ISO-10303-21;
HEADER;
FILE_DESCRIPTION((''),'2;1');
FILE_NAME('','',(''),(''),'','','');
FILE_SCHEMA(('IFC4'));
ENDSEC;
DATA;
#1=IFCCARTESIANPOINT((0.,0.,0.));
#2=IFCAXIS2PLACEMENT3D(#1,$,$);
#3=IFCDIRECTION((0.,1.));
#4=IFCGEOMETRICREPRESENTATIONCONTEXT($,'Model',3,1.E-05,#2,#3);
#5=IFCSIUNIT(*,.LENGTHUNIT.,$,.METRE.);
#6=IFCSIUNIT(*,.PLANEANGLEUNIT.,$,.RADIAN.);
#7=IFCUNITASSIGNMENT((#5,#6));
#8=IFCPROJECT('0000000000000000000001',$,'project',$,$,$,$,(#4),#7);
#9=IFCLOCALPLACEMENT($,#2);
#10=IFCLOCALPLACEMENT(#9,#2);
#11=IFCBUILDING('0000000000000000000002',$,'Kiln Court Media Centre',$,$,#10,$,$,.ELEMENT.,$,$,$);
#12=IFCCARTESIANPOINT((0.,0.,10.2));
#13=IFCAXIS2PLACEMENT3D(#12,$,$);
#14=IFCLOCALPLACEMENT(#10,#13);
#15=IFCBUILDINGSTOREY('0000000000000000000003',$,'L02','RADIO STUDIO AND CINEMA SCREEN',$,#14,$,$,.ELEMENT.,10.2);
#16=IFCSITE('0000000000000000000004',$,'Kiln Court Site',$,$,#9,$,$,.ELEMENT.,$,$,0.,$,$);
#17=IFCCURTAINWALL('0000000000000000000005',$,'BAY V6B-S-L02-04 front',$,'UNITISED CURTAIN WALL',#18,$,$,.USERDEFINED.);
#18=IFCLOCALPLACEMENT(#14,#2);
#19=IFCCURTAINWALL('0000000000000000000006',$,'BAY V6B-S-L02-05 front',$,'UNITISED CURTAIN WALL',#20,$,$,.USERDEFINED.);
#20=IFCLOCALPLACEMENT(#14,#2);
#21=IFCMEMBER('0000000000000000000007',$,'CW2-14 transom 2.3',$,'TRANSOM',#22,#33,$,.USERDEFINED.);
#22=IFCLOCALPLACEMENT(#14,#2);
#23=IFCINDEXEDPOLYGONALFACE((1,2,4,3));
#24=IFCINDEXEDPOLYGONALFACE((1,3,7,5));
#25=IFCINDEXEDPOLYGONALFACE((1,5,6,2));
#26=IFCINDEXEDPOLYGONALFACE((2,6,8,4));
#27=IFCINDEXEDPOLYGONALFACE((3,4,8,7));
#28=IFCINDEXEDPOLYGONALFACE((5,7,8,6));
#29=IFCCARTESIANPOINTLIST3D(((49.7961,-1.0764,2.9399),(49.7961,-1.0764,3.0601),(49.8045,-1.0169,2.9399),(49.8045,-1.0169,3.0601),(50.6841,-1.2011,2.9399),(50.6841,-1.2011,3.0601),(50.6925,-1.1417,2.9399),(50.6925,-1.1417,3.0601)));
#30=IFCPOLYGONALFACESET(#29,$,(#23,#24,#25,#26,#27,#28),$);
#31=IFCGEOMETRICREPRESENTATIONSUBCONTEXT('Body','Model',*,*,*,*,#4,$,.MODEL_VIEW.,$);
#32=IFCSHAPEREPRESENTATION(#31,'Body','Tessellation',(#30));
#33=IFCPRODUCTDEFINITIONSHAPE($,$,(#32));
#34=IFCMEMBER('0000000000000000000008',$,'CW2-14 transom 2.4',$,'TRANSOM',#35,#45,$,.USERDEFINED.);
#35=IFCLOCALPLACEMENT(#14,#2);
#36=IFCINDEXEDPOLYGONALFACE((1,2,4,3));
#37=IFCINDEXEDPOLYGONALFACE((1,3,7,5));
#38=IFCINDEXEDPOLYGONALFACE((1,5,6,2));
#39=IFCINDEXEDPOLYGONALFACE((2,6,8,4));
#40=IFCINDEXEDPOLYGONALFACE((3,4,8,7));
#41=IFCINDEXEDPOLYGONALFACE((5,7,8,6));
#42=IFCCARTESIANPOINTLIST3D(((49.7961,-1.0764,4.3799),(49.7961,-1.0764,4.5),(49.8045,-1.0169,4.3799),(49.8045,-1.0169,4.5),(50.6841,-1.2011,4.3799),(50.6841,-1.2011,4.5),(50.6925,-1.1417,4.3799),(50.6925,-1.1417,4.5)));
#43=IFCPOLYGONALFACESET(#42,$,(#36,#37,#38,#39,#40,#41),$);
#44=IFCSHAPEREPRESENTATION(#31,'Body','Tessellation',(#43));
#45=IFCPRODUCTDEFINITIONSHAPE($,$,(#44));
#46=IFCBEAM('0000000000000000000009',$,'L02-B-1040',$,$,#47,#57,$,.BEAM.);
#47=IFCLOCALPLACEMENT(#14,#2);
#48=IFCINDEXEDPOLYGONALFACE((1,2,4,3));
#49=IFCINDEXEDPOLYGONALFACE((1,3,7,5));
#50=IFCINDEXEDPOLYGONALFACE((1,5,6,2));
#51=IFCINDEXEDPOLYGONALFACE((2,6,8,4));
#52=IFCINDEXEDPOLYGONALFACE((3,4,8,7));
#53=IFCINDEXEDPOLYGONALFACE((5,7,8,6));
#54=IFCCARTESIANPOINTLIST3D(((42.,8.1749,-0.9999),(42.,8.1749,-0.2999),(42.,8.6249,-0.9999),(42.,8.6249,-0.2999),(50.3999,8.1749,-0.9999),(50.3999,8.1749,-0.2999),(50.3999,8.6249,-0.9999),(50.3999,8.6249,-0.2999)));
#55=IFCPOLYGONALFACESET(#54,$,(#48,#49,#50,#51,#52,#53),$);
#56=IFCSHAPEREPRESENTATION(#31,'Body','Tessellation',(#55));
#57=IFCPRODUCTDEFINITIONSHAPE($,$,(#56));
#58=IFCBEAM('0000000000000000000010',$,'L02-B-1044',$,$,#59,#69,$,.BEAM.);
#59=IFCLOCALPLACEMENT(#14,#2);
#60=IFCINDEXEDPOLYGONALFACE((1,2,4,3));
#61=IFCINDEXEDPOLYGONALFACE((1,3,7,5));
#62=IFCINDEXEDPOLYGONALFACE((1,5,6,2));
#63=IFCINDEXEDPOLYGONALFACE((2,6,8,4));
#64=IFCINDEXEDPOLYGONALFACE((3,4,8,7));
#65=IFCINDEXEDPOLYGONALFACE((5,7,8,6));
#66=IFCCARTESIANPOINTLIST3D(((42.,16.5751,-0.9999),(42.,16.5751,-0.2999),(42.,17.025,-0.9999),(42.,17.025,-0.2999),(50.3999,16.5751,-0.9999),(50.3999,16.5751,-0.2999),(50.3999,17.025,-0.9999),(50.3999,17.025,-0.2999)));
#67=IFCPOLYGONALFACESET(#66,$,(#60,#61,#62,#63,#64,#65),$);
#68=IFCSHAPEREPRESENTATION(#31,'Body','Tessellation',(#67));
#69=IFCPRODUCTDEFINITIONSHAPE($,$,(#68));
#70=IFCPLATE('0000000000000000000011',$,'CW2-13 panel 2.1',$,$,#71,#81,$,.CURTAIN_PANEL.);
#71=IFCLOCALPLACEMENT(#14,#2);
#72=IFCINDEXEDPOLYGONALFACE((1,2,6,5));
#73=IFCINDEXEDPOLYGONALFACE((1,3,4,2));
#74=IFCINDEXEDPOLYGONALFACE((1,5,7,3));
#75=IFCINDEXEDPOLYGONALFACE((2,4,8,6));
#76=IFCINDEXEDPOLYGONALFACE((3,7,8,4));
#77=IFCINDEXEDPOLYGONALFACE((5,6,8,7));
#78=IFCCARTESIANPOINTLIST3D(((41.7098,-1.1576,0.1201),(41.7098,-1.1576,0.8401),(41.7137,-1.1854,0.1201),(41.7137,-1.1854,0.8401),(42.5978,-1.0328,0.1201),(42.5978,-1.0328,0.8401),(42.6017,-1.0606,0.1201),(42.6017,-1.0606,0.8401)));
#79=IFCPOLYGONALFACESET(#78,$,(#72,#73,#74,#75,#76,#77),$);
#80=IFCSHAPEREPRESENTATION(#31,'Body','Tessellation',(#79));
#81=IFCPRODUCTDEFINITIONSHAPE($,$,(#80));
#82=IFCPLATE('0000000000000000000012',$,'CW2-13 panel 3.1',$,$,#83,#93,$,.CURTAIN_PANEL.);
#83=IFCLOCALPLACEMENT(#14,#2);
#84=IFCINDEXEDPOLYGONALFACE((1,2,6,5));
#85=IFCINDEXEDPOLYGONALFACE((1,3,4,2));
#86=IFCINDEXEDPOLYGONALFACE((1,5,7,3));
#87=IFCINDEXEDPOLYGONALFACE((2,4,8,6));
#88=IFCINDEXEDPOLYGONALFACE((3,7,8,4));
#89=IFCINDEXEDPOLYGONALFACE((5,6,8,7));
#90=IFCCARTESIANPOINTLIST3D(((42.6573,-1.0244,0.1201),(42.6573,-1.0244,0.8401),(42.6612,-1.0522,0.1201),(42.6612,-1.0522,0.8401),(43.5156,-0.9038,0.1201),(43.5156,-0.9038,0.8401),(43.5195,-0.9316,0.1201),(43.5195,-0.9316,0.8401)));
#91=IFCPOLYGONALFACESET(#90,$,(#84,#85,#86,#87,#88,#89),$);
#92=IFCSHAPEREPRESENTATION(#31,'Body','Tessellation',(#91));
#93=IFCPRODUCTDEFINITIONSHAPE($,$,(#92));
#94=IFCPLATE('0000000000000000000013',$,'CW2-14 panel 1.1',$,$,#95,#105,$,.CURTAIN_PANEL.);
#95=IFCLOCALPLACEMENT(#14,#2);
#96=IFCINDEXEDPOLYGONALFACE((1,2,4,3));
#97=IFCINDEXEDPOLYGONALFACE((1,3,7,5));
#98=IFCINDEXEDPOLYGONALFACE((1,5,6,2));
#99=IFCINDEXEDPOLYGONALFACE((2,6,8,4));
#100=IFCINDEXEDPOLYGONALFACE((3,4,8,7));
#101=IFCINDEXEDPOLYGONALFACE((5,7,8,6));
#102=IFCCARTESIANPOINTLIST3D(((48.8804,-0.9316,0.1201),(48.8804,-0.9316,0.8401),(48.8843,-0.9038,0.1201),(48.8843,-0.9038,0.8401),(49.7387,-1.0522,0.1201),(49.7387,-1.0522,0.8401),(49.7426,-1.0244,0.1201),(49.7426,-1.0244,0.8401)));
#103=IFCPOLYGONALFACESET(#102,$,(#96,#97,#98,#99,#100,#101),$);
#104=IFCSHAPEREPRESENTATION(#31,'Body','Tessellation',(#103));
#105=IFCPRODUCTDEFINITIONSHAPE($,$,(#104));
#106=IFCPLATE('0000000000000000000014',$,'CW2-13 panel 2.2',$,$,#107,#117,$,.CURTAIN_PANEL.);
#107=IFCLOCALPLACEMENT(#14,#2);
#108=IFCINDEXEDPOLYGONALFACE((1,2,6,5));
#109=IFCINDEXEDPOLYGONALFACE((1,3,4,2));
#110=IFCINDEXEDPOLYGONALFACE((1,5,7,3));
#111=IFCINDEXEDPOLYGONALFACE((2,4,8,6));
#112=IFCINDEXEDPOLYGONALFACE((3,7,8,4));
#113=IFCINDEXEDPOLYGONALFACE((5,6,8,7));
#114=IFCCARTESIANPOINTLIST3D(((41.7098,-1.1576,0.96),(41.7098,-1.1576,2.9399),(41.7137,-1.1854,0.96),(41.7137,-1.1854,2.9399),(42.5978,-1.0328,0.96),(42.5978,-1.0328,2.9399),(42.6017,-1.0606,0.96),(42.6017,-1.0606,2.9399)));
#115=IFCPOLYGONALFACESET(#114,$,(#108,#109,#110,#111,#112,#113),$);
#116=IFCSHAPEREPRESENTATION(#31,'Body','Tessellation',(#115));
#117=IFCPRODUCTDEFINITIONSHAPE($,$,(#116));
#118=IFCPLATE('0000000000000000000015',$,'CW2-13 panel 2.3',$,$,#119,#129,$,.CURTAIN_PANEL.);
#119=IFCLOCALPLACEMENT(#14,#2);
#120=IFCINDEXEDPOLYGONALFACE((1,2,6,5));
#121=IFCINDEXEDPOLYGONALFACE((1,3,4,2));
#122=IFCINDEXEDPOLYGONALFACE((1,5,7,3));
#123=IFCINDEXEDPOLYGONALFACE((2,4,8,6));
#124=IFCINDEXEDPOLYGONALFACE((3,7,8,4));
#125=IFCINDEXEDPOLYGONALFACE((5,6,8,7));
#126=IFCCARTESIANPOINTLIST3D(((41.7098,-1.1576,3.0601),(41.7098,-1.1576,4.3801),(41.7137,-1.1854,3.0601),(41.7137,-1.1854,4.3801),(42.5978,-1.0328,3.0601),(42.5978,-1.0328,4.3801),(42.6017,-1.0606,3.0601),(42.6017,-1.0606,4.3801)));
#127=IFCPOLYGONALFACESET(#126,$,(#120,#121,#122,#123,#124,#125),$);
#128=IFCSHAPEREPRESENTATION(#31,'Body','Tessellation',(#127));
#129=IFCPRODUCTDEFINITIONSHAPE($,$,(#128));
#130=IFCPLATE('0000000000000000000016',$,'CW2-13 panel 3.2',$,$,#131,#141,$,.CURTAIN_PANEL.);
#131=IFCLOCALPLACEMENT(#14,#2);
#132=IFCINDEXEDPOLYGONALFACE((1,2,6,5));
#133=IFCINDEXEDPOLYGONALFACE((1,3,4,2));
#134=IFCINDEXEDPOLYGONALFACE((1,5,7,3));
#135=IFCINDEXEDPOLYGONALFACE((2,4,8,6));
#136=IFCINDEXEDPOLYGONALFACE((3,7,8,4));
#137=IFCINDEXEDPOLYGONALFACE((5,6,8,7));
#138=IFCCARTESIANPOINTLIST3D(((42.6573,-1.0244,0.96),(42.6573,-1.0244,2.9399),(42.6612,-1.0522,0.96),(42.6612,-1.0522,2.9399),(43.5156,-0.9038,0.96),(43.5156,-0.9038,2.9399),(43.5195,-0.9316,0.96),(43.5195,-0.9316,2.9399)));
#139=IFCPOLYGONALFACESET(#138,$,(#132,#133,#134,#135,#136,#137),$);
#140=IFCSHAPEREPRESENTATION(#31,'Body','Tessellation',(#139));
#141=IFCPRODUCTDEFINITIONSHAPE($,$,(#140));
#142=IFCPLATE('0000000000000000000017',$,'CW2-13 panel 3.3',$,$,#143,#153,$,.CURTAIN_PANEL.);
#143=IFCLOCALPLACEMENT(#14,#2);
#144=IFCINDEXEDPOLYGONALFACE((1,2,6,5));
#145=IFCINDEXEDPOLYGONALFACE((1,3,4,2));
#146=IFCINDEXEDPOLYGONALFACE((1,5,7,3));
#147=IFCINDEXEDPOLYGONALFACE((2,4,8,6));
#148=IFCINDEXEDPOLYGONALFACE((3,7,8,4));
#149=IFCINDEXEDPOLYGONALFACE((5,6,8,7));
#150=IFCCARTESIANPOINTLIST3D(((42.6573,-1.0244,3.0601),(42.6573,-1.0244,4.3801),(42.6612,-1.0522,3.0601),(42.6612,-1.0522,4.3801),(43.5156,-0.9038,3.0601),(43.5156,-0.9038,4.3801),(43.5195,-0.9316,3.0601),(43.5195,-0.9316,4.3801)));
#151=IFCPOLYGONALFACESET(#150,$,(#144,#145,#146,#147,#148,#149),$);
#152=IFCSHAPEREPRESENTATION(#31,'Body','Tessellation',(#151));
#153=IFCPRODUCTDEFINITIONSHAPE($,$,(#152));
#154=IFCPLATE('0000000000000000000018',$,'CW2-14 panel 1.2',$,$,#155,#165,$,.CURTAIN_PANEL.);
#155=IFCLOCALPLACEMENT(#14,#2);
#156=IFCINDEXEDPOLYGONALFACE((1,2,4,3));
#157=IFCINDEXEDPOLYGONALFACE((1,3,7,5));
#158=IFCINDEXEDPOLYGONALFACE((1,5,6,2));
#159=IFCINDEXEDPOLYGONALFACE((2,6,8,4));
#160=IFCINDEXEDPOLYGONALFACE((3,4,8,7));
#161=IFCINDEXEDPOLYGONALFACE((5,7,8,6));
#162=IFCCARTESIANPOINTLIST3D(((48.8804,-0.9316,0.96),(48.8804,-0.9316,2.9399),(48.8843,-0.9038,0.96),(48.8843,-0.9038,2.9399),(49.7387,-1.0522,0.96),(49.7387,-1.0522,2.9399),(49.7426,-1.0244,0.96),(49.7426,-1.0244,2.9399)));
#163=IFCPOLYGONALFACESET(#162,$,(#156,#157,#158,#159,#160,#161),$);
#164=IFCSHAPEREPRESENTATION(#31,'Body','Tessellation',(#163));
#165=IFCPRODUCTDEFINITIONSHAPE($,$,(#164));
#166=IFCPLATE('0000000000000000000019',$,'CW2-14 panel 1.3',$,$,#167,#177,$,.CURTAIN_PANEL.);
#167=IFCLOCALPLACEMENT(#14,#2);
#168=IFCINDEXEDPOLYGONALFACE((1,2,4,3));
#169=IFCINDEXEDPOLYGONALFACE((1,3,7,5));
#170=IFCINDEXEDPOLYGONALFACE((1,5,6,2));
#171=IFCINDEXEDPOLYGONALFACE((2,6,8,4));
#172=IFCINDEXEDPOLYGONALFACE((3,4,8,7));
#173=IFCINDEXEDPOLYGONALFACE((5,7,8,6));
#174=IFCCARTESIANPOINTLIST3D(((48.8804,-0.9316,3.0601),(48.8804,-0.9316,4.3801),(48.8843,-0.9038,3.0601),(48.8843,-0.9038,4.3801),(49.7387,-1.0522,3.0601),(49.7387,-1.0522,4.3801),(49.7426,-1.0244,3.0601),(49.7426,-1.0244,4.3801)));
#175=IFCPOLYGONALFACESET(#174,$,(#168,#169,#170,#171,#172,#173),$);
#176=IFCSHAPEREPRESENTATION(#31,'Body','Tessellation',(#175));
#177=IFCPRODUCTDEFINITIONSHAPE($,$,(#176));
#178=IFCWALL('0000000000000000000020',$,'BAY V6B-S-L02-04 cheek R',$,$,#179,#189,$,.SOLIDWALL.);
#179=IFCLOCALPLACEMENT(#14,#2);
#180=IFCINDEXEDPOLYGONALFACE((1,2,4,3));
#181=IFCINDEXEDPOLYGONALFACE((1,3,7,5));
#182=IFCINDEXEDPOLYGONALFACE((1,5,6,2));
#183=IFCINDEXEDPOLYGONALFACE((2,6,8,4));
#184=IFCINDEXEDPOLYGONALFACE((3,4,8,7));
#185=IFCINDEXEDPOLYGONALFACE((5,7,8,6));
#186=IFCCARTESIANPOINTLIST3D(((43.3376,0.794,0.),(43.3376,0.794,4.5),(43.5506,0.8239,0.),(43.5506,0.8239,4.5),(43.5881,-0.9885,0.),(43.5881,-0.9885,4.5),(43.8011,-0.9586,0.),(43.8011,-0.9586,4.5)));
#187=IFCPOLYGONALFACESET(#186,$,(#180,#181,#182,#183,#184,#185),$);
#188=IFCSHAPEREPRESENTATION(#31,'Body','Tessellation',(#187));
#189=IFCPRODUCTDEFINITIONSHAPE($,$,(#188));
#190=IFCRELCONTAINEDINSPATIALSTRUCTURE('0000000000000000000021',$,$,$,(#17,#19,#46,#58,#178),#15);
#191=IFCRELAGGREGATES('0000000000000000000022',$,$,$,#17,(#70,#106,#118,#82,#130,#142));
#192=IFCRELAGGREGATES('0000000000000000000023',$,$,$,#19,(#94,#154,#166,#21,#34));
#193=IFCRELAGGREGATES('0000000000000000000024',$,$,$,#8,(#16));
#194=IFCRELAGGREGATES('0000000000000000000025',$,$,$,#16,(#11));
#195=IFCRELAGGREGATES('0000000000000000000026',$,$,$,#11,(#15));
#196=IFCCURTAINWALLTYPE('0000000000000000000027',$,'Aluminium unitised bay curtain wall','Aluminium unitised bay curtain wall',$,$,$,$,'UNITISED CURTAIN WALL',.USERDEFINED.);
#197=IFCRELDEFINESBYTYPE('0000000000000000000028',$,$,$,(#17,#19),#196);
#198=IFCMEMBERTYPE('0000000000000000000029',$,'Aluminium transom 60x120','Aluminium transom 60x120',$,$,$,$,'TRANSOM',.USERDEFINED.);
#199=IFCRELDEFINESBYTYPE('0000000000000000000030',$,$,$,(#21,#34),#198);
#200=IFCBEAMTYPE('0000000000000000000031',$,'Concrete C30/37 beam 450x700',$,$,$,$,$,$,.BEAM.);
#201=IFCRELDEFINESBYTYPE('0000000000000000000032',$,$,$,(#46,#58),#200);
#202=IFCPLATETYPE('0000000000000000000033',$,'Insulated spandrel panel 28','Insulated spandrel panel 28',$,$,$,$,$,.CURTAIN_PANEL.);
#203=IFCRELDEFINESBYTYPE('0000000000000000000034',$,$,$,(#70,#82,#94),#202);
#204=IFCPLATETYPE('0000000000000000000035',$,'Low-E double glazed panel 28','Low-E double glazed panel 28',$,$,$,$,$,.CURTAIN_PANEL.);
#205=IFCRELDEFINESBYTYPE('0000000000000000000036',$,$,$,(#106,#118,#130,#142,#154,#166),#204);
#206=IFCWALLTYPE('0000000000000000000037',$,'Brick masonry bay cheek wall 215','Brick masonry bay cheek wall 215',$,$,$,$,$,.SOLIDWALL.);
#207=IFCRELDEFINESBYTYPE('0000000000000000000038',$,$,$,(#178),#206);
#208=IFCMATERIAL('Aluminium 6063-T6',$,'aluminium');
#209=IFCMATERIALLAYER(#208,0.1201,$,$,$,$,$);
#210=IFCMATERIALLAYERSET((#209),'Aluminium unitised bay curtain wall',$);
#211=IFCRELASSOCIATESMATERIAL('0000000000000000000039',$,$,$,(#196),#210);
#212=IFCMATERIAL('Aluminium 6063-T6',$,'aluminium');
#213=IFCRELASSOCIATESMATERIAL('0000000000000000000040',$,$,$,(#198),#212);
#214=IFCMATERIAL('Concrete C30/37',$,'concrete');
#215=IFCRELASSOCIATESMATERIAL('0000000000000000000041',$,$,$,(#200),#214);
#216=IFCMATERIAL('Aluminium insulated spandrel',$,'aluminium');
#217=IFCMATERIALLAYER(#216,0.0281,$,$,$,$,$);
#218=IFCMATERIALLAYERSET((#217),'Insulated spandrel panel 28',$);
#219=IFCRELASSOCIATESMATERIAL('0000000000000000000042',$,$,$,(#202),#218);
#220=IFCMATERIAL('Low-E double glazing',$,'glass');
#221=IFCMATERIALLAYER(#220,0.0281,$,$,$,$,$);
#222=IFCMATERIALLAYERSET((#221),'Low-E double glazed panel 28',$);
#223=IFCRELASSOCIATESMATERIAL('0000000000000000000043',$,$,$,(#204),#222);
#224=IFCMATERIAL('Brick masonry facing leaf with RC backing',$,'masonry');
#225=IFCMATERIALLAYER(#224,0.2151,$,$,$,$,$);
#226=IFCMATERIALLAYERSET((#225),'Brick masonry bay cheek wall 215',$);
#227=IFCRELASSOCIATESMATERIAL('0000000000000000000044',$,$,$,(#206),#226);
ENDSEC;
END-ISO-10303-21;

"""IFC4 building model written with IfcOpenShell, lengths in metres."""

from ifc_helpers import new_model, si_unit, direction, frame, frame_2d, origin, origin_2d, place, context, subcontext, project, spatial, rectangle, extrude, material, layer, layer_set, material_profile, profile_set, type_object, element, aggregate, save


model = new_model("IFC4")

# Units and contexts
model_context = context("Model", 3, precision=1e-05, world=origin(), true_north=direction((0.0, 1.0)))
body_context = subcontext(model_context, "Body", "Model", "MODEL_VIEW")
ifc_project = project(units=[si_unit("LENGTHUNIT", "METRE"), si_unit("PLANEANGLEUNIT", "RADIAN")], contexts=[model_context])

# Site, building, storey
site_placement = place(None, origin())
site = spatial("IfcSite", under=ifc_project, at=site_placement, Name="Kiln Court Site", CompositionType="ELEMENT", RefElevation=0.0)
building_placement = place(site_placement, origin())
building = spatial("IfcBuilding", under=site, at=building_placement, Name="Kiln Court Media Centre", CompositionType="ELEMENT")
storey_placement = place(building_placement, frame((0.0, 0.0, 10.2)))
storey = spatial("IfcBuildingStorey", under=building, at=storey_placement, Name="L02", Description="RADIO STUDIO AND CINEMA SCREEN", CompositionType="ELEMENT", Elevation=10.2)

# Curtain walls
ifc_material_1 = material(Name="Aluminium 6063-T6", Category="aluminium")
ifc_layer_1 = layer(ifc_material_1, 0.1201)
ifc_layer_set_1 = layer_set([ifc_layer_1], Name="Aluminium unitised bay curtain wall")
curtain_wall_type = type_object("IfcCurtainWallType", Name="Aluminium unitised bay curtain wall", Description="Aluminium unitised bay curtain wall", ElementType="UNITISED CURTAIN WALL", PredefinedType="USERDEFINED", material=ifc_layer_set_1)
curtain_wall_1_placement = place(storey_placement, origin())
curtain_wall_1 = element("IfcCurtainWall", 1, at=curtain_wall_1_placement, inside=storey, type_object=curtain_wall_type, Name="BAY V6B-S-L02-04 front", ObjectType="UNITISED CURTAIN WALL", PredefinedType="USERDEFINED")
curtain_wall_2_placement = place(storey_placement, origin())
curtain_wall_2 = element("IfcCurtainWall", 2, at=curtain_wall_2_placement, inside=storey, type_object=curtain_wall_type, Name="BAY V6B-S-L02-05 front", ObjectType="UNITISED CURTAIN WALL", PredefinedType="USERDEFINED")

# Members
ifc_material_2 = material(Name="Aluminium 6063-T6", Category="aluminium")
ifc_material_profile_1 = material_profile(ifc_material_2, rectangle(XDim=0.0601, YDim=0.1201, at=origin_2d()), Name="Aluminium transom 60x120")
ifc_profile_set_1 = profile_set([ifc_material_profile_1], Name="Aluminium 6063-T6")
member_type_1 = type_object("IfcMemberType", Name="Aluminium transom 60x120", Description="Aluminium transom 60x120", ElementType="TRANSOM", PredefinedType="USERDEFINED", material=ifc_profile_set_1)
member_1_placement = place(storey_placement, frame((49.8003, -1.0466, 3.0), z_axis=(0.990274, -0.139134, 0.0), x_axis=(0.139134, 0.990274, 0.0)))
member_1 = element("IfcMember", 3, at=member_1_placement, type_object=member_type_1, Name="CW2-14 transom 2.3", ObjectType="TRANSOM", PredefinedType="USERDEFINED", context=body_context, shape_type="SweptSolid", body=[
    extrude(rectangle(XDim=0.0601, YDim=0.1201, at=origin_2d()), origin(), (0.0, 0.0, 1.0), 0.8967),
])
member_2_placement = place(storey_placement, frame((49.8003, -1.0466, 4.4399), z_axis=(0.990274, -0.139134, 0.0), x_axis=(0.139134, 0.990274, 0.0)))
member_2 = element("IfcMember", 4, at=member_2_placement, type_object=member_type_1, Name="CW2-14 transom 2.4", ObjectType="TRANSOM", PredefinedType="USERDEFINED", context=body_context, shape_type="SweptSolid", body=[
    extrude(rectangle(XDim=0.0601, YDim=0.1201, at=origin_2d()), origin(), (0.0, 0.0, 1.0), 0.8967),
])

# Beams
ifc_material_3 = material(Name="Concrete C30/37", Category="concrete")
ifc_material_profile_2 = material_profile(ifc_material_3, rectangle(XDim=0.45, YDim=0.7, at=origin_2d()), Name="RC 450x700")
ifc_profile_set_2 = profile_set([ifc_material_profile_2], Name="Concrete C30/37")
beam_type = type_object("IfcBeamType", Name="Concrete C30/37 beam 450x700", PredefinedType="BEAM", material=ifc_profile_set_2)
for number, where, z_axis, x_axis, name in (
    (5, (42.0, 8.3999, -0.6499), (1.0, 0.0, 0.0), (0.0, 1.0, 0.0), "L02-B-1040"),
    (6, (42.0, 16.8, -0.6499), (1.0, 0.0, 0.0), (0.0, 1.0, 0.0), "L02-B-1044"),
):
    element("IfcBeam", number, at=place(storey_placement, frame(where, z_axis=z_axis, x_axis=x_axis)), inside=storey, type_object=beam_type, Name=name, PredefinedType="BEAM", context=body_context, shape_type="SweptSolid", body=[
        extrude(rectangle(XDim=0.45, YDim=0.7, at=origin_2d()), origin(), (0.0, 0.0, 1.0), 8.3999),
    ])

# Plates
ifc_material_4 = material(Name="Aluminium insulated spandrel", Category="aluminium")
ifc_layer_2 = layer(ifc_material_4, 0.0281)
ifc_layer_set_2 = layer_set([ifc_layer_2], Name="Insulated spandrel panel 28")
plate_type_1 = type_object("IfcPlateType", Name="Insulated spandrel panel 28", Description="Insulated spandrel panel 28", PredefinedType="CURTAIN_PANEL", material=ifc_layer_set_2)
plate_1_placement = place(storey_placement, frame((42.1558, -1.1091, 0.1201), z_axis=(0.0, 0.0, 1.0), x_axis=(0.99027, 0.139162, 0.0)))
plate_1 = element("IfcPlate", 7, at=plate_1_placement, type_object=plate_type_1, Name="CW2-13 panel 2.1", PredefinedType="CURTAIN_PANEL", context=body_context, shape_type="SweptSolid", body=[
    extrude(rectangle(XDim=0.8967, YDim=0.0281, at=origin_2d()), origin(), (0.0, 0.0, 1.0), 0.72),
])
plate_2_placement = place(storey_placement, frame((43.0884, -0.978, 0.1201), z_axis=(0.0, 0.0, 1.0), x_axis=(0.99027, 0.139162, 0.0)))
plate_2 = element("IfcPlate", 8, at=plate_2_placement, type_object=plate_type_1, Name="CW2-13 panel 3.1", PredefinedType="CURTAIN_PANEL", context=body_context, shape_type="SweptSolid", body=[
    extrude(rectangle(XDim=0.8667, YDim=0.0281, at=origin_2d()), origin(), (0.0, 0.0, 1.0), 0.72),
])
plate_3_placement = place(storey_placement, frame((49.3115, -0.978, 0.1201), z_axis=(0.0, 0.0, 1.0), x_axis=(0.99027, -0.139162, 0.0)))
plate_3 = element("IfcPlate", 9, at=plate_3_placement, type_object=plate_type_1, Name="CW2-14 panel 1.1", PredefinedType="CURTAIN_PANEL", context=body_context, shape_type="SweptSolid", body=[
    extrude(rectangle(XDim=0.8667, YDim=0.0281, at=origin_2d()), origin(), (0.0, 0.0, 1.0), 0.72),
])
ifc_material_5 = material(Name="Low-E double glazing", Category="glass")
ifc_layer_3 = layer(ifc_material_5, 0.0281)
ifc_layer_set_3 = layer_set([ifc_layer_3], Name="Low-E double glazed panel 28")
plate_type_2 = type_object("IfcPlateType", Name="Low-E double glazed panel 28", Description="Low-E double glazed panel 28", PredefinedType="CURTAIN_PANEL", material=ifc_layer_set_3)
plate_4_placement = place(storey_placement, frame((42.1558, -1.1091, 0.96), z_axis=(0.0, 0.0, 1.0), x_axis=(0.99027, 0.139162, 0.0)))
plate_4 = element("IfcPlate", 10, at=plate_4_placement, type_object=plate_type_2, Name="CW2-13 panel 2.2", PredefinedType="CURTAIN_PANEL", context=body_context, shape_type="SweptSolid", body=[
    extrude(rectangle(XDim=0.8967, YDim=0.0281, at=origin_2d()), origin(), (0.0, 0.0, 1.0), 1.98),
])
plate_5_placement = place(storey_placement, frame((42.1558, -1.1091, 3.0601), z_axis=(0.0, 0.0, 1.0), x_axis=(0.99027, 0.139162, 0.0)))
plate_5 = element("IfcPlate", 11, at=plate_5_placement, type_object=plate_type_2, Name="CW2-13 panel 2.3", PredefinedType="CURTAIN_PANEL", context=body_context, shape_type="SweptSolid", body=[
    extrude(rectangle(XDim=0.8967, YDim=0.0281, at=origin_2d()), origin(), (0.0, 0.0, 1.0), 1.3201),
])
plate_6_placement = place(storey_placement, frame((43.0884, -0.978, 0.96), z_axis=(0.0, 0.0, 1.0), x_axis=(0.99027, 0.139162, 0.0)))
plate_6 = element("IfcPlate", 12, at=plate_6_placement, type_object=plate_type_2, Name="CW2-13 panel 3.2", PredefinedType="CURTAIN_PANEL", context=body_context, shape_type="SweptSolid", body=[
    extrude(rectangle(XDim=0.8667, YDim=0.0281, at=origin_2d()), origin(), (0.0, 0.0, 1.0), 1.98),
])
plate_7_placement = place(storey_placement, frame((43.0884, -0.978, 3.0601), z_axis=(0.0, 0.0, 1.0), x_axis=(0.99027, 0.139162, 0.0)))
plate_7 = element("IfcPlate", 13, at=plate_7_placement, type_object=plate_type_2, Name="CW2-13 panel 3.3", PredefinedType="CURTAIN_PANEL", context=body_context, shape_type="SweptSolid", body=[
    extrude(rectangle(XDim=0.8667, YDim=0.0281, at=origin_2d()), origin(), (0.0, 0.0, 1.0), 1.3201),
])
aggregate(curtain_wall_1, [plate_1, plate_4, plate_5, plate_2, plate_6, plate_7])
plate_8_placement = place(storey_placement, frame((49.3115, -0.978, 0.96), z_axis=(0.0, 0.0, 1.0), x_axis=(0.99027, -0.139162, 0.0)))
plate_8 = element("IfcPlate", 14, at=plate_8_placement, type_object=plate_type_2, Name="CW2-14 panel 1.2", PredefinedType="CURTAIN_PANEL", context=body_context, shape_type="SweptSolid", body=[
    extrude(rectangle(XDim=0.8667, YDim=0.0281, at=origin_2d()), origin(), (0.0, 0.0, 1.0), 1.98),
])
plate_9_placement = place(storey_placement, frame((49.3115, -0.978, 3.0601), z_axis=(0.0, 0.0, 1.0), x_axis=(0.99027, -0.139162, 0.0)))
plate_9 = element("IfcPlate", 15, at=plate_9_placement, type_object=plate_type_2, Name="CW2-14 panel 1.3", PredefinedType="CURTAIN_PANEL", context=body_context, shape_type="SweptSolid", body=[
    extrude(rectangle(XDim=0.8667, YDim=0.0281, at=origin_2d()), origin(), (0.0, 0.0, 1.0), 1.3201),
])
aggregate(curtain_wall_2, [plate_3, plate_8, plate_9, member_1, member_2])

# Wall
ifc_material_6 = material(Name="Brick masonry facing leaf with RC backing", Category="masonry")
ifc_layer_4 = layer(ifc_material_6, 0.2151)
ifc_layer_set_4 = layer_set([ifc_layer_4], Name="Brick masonry bay cheek wall 215")
wall_type_1 = type_object("IfcWallType", Name="Brick masonry bay cheek wall 215", Description="Brick masonry bay cheek wall 215", PredefinedType="SOLIDWALL", material=ifc_layer_set_4)
for number, where, z_axis, x_axis, name in (
    (16, (43.4441, 0.8088, 0.0), (0.0, 0.0, 1.0), (0.139161, -0.99027, 0.0), "BAY V6B-S-L02-04 cheek R"),
):
    element("IfcWall", number, at=place(storey_placement, frame(where, z_axis=z_axis, x_axis=x_axis)), inside=storey, type_object=wall_type_1, Name=name, PredefinedType="SOLIDWALL", context=body_context, shape_type="SweptSolid", body=[
        extrude(rectangle(XDim=1.8, YDim=0.2151, at=frame_2d((0.8999, 0.0))), origin(), (0.0, 0.0, 1.0), 4.5),
    ])

save(model, "model.ifc")
